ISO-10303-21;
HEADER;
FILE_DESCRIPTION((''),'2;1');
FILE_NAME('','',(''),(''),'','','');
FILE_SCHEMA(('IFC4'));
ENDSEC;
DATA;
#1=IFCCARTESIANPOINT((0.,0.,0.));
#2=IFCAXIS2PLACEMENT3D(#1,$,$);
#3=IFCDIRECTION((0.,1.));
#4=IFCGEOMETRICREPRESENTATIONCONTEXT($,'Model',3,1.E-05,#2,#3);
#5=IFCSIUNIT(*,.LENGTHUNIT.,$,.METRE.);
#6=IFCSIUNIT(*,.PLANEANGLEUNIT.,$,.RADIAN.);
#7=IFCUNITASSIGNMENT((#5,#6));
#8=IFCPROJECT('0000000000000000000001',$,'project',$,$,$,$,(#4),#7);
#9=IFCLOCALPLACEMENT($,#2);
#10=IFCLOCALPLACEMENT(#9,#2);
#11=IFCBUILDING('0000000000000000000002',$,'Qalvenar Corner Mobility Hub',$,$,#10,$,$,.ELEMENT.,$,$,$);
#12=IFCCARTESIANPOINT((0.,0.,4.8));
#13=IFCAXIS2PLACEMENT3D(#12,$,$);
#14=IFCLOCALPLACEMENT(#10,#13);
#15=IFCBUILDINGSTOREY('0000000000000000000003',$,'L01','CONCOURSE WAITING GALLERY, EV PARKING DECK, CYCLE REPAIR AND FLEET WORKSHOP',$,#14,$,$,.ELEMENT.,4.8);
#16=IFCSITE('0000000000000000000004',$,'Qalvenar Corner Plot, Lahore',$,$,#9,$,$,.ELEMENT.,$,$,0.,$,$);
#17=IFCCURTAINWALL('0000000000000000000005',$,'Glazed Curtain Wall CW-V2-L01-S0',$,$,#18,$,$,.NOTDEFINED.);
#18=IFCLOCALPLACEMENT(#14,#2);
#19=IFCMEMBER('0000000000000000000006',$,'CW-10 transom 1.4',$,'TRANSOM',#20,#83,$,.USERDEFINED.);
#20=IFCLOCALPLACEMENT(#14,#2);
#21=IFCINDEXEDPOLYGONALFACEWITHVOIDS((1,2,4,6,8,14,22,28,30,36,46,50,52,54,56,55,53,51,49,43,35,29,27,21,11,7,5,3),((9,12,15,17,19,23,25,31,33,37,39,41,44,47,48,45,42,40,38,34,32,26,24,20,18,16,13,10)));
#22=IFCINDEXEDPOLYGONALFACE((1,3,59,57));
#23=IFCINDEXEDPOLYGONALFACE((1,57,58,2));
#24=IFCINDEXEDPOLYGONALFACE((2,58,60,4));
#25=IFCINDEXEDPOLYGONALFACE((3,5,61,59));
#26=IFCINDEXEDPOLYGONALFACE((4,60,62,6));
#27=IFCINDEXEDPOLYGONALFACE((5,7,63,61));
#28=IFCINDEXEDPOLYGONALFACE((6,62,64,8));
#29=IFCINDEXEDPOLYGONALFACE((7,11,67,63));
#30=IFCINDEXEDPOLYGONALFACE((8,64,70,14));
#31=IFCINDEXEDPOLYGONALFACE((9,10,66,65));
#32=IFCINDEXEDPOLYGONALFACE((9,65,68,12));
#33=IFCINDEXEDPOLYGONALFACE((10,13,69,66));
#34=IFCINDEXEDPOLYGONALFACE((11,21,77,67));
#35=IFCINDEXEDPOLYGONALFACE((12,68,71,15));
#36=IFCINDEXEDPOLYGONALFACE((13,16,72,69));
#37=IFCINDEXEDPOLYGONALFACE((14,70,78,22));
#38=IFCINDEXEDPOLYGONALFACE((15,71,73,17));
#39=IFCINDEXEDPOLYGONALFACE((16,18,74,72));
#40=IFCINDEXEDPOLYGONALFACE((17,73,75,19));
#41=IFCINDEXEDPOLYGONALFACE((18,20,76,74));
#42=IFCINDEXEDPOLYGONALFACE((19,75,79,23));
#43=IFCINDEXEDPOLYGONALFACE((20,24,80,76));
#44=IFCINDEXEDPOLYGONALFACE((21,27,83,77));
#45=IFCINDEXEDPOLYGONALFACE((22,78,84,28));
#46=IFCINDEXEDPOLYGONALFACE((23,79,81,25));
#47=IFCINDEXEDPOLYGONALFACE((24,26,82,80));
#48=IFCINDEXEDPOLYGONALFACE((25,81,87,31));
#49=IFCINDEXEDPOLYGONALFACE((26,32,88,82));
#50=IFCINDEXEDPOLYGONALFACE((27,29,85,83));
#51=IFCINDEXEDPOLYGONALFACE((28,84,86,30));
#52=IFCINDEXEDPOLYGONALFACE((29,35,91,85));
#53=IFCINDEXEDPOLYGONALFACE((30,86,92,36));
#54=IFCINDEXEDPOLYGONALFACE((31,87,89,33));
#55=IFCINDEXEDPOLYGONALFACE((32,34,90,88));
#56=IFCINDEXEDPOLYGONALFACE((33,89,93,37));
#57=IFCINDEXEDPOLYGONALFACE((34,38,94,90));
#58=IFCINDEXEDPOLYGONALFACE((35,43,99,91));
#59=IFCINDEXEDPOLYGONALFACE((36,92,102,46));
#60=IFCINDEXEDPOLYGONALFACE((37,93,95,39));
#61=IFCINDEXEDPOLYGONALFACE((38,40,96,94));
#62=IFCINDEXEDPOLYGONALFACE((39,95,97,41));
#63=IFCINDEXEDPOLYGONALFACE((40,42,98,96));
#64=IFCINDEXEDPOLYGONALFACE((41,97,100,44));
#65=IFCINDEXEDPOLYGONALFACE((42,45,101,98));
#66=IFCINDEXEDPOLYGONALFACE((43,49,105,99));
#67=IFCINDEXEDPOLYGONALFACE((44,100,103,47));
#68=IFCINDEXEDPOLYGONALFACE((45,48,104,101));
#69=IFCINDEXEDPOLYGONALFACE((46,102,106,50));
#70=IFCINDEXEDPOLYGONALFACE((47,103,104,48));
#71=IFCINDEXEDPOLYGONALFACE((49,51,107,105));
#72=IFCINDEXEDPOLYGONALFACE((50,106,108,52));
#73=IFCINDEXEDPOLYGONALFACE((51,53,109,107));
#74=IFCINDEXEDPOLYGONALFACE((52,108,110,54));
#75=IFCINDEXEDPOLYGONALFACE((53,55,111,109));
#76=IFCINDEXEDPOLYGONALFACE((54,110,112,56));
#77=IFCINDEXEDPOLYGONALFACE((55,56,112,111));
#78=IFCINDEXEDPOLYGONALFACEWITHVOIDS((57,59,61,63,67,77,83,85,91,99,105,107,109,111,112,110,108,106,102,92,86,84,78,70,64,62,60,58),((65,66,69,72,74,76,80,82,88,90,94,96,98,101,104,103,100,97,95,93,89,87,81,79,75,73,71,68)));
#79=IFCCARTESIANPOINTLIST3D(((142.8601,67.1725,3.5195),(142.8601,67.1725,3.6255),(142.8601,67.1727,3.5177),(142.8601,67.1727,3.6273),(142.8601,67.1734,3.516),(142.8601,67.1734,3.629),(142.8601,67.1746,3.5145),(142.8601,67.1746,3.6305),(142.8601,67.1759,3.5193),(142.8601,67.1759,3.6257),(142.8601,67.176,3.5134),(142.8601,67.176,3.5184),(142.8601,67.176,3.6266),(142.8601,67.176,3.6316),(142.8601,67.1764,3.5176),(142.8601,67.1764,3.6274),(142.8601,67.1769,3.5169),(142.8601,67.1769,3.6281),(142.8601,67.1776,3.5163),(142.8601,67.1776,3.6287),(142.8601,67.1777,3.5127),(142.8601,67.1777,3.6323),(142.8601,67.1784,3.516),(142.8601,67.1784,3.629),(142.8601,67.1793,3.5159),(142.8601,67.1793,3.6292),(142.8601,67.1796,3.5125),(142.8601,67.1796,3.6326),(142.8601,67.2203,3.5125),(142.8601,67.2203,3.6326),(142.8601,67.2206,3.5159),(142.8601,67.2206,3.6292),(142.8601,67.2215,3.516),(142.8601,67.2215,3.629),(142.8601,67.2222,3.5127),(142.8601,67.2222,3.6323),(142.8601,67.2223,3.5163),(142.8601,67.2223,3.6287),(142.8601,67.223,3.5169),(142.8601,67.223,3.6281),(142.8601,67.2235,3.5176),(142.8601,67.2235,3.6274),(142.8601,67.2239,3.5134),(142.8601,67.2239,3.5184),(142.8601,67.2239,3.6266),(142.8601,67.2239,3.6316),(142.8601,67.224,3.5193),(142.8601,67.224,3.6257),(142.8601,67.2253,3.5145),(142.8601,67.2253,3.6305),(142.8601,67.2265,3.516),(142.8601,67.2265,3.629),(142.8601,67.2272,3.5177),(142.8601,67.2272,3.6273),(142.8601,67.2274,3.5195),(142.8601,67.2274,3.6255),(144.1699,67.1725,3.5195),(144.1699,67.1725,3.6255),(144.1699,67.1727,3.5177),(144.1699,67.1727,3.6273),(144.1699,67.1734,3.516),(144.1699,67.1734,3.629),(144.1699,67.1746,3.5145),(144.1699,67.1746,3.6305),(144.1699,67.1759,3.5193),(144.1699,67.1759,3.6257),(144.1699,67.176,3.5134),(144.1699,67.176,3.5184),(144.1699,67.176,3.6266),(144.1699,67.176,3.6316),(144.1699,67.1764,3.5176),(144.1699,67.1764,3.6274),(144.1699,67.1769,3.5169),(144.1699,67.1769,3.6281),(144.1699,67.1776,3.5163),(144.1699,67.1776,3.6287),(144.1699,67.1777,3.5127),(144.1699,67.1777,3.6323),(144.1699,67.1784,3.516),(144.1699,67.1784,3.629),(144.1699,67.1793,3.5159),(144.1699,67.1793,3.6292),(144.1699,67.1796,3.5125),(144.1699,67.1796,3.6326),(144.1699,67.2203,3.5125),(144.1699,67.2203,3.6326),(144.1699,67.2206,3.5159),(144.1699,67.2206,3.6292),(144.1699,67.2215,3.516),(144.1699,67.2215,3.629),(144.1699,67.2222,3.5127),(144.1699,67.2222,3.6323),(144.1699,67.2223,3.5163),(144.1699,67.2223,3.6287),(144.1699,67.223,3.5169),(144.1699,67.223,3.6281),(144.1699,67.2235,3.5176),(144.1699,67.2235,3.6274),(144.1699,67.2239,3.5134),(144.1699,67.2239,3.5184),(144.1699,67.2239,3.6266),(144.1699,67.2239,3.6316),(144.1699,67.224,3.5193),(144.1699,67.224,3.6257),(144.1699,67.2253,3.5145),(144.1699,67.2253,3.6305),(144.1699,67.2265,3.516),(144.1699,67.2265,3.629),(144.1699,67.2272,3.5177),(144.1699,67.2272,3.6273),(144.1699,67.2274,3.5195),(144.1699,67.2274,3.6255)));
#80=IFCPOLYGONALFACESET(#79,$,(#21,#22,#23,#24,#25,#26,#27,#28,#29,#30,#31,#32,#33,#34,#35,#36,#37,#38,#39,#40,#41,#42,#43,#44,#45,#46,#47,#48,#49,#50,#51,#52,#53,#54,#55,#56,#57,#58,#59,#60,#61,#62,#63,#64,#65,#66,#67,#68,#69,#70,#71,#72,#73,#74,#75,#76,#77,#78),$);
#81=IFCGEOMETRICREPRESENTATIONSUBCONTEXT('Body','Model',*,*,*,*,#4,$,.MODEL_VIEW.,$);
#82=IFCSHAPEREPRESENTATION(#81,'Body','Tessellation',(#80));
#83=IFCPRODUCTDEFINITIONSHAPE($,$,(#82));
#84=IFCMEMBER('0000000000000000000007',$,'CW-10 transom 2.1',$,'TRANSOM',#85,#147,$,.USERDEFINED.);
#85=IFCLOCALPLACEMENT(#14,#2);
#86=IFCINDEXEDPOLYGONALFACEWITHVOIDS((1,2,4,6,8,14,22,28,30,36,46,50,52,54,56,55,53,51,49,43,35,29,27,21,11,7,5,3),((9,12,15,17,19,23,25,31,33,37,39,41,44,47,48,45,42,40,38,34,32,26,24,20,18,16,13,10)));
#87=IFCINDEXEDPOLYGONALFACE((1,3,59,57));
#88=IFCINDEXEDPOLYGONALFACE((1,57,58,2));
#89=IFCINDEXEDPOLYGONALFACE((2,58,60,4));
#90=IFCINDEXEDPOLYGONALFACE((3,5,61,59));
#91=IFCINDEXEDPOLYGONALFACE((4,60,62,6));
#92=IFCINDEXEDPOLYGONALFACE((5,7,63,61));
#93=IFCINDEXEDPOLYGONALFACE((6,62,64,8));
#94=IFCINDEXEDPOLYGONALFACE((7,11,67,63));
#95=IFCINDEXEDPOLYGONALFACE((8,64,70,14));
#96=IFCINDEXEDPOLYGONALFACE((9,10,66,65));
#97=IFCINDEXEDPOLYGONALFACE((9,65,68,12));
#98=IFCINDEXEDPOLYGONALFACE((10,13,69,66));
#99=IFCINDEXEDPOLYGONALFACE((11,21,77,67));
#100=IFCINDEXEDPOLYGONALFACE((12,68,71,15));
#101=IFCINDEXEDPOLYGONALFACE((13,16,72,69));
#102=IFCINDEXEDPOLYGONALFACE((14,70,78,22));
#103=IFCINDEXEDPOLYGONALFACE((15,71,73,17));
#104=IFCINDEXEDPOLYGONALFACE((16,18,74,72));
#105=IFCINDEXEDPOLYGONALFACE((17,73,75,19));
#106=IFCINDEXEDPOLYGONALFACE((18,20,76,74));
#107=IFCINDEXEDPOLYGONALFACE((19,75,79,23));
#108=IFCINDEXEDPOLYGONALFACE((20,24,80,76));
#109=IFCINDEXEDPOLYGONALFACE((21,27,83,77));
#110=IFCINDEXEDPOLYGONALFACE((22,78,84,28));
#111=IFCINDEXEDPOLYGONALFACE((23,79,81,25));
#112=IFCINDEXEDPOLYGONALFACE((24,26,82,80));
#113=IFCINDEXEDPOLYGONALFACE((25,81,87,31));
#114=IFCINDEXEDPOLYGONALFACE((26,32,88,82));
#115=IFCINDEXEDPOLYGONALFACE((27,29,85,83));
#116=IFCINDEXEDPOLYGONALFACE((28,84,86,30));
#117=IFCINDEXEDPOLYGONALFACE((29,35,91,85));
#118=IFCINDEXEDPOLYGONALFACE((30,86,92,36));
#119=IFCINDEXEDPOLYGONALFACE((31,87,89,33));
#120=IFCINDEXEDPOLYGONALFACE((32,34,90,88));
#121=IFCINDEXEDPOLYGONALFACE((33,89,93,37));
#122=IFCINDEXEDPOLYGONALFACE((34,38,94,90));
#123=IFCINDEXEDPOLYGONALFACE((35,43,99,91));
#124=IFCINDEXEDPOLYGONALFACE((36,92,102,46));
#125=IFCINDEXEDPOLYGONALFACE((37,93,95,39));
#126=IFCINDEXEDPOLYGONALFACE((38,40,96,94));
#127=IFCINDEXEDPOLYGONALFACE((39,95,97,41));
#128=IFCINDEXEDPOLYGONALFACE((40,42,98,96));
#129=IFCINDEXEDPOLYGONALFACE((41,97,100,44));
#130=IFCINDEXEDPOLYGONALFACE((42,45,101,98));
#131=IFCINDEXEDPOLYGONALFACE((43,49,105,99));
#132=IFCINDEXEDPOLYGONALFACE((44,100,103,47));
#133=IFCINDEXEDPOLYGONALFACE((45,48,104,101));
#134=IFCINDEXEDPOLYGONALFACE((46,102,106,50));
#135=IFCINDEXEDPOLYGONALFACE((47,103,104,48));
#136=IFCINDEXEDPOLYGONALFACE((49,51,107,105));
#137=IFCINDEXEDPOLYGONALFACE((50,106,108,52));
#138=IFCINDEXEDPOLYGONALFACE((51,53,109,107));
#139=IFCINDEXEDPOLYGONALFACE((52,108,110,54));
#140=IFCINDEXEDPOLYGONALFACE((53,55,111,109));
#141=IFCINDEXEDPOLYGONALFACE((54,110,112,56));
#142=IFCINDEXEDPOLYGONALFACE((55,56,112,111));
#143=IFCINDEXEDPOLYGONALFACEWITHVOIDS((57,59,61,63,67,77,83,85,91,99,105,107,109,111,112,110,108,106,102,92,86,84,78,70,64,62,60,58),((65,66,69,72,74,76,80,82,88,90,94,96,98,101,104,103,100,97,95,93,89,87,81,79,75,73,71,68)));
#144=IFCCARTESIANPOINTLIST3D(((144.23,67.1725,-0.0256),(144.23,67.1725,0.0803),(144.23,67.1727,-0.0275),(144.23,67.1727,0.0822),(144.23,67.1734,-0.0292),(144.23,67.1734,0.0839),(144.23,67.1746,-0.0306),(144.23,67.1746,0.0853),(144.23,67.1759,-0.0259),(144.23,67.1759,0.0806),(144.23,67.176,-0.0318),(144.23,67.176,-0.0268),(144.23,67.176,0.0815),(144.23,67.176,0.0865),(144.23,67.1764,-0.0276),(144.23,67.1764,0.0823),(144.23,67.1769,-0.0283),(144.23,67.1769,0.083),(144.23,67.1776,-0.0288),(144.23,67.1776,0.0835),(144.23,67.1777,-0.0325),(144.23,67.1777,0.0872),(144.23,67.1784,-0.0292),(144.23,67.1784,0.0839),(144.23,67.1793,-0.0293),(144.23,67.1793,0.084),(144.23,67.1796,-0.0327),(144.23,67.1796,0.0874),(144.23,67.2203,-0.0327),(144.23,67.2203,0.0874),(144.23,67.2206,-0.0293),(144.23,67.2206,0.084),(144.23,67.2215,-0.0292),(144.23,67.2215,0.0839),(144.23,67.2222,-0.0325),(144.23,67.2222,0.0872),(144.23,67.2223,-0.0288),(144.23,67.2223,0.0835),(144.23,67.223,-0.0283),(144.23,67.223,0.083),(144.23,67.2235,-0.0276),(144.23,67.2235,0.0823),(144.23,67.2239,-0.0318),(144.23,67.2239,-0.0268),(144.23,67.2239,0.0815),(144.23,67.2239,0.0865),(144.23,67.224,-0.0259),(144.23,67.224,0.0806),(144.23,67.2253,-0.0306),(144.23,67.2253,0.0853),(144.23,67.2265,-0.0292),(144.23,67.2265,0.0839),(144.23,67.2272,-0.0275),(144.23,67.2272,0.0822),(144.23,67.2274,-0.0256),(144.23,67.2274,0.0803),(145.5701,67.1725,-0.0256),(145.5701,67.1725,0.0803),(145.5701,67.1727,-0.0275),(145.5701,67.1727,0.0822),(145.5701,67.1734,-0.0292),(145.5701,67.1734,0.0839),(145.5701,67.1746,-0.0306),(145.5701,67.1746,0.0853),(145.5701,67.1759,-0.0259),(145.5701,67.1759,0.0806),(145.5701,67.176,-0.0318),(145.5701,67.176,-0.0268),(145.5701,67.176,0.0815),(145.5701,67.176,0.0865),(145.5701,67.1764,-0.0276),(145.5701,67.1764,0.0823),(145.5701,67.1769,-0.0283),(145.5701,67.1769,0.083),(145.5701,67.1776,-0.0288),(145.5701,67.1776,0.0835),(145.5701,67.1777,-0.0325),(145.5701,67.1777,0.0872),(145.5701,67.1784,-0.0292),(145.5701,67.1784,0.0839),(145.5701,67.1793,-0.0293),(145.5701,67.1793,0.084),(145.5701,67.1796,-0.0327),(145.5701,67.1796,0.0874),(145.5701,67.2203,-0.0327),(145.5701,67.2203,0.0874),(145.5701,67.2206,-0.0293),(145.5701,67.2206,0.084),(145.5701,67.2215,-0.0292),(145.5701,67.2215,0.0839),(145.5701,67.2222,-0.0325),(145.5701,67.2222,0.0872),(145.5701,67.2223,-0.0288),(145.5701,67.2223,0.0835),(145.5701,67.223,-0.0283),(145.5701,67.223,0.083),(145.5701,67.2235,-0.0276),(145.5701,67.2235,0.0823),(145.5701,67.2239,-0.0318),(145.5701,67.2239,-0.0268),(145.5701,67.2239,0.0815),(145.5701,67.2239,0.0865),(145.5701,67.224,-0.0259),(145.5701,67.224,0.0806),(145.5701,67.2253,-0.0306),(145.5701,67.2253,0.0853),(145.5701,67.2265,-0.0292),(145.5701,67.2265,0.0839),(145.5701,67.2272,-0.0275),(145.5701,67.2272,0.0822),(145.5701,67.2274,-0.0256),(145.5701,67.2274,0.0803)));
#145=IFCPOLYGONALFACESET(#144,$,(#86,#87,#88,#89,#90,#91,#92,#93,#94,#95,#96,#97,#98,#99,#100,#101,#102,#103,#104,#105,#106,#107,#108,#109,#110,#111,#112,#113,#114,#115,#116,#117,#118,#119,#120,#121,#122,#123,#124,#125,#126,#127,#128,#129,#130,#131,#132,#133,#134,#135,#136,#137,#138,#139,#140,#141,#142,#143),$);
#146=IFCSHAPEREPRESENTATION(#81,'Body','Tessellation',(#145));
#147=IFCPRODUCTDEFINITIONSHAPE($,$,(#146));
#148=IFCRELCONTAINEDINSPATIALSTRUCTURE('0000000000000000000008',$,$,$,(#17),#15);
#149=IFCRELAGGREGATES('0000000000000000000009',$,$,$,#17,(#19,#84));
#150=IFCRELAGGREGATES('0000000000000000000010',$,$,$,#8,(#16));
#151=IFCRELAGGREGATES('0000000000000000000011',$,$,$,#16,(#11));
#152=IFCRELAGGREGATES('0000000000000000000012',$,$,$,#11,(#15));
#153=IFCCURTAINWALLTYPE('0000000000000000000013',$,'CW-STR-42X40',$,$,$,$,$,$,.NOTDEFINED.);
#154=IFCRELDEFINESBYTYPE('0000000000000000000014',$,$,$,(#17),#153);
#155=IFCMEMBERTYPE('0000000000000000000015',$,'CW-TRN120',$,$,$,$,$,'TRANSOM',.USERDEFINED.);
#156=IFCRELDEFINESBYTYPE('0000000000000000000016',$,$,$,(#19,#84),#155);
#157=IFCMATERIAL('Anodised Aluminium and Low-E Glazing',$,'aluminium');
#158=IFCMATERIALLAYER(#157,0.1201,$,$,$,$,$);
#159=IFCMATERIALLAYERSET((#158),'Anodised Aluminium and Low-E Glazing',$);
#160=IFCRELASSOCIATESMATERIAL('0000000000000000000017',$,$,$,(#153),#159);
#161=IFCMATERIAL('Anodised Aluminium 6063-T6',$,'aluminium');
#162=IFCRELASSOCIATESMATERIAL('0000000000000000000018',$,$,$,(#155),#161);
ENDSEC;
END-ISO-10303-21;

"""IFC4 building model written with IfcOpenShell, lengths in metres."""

from ifc_helpers import new_model, si_unit, direction, frame, origin, origin_2d, place, context, subcontext, project, spatial, hollow_rectangle, extrude, material, layer, layer_set, material_profile, profile_set, type_object, element, aggregate, save


model = new_model("IFC4")

# Units and contexts
model_context = context("Model", 3, precision=1e-05, world=origin(), true_north=direction((0.0, 1.0)))
body_context = subcontext(model_context, "Body", "Model", "MODEL_VIEW")
ifc_project = project(units=[si_unit("LENGTHUNIT", "METRE"), si_unit("PLANEANGLEUNIT", "RADIAN")], contexts=[model_context])

# Site, building, storey
site_placement = place(None, origin())
site = spatial("IfcSite", under=ifc_project, at=site_placement, Name="Qalvenar Corner Plot, Lahore", CompositionType="ELEMENT", RefElevation=0.0)
building_placement = place(site_placement, origin())
building = spatial("IfcBuilding", under=site, at=building_placement, Name="Qalvenar Corner Mobility Hub", CompositionType="ELEMENT")
storey_placement = place(building_placement, frame((0.0, 0.0, 4.8)))
storey = spatial("IfcBuildingStorey", under=building, at=storey_placement, Name="L01", Description="CONCOURSE WAITING GALLERY, EV PARKING DECK, CYCLE REPAIR AND FLEET WORKSHOP", CompositionType="ELEMENT", Elevation=4.8)

# Curtain wall, members
ifc_material_1 = material(Name="Anodised Aluminium and Low-E Glazing", Category="aluminium")
ifc_layer_1 = layer(ifc_material_1, 0.1201)
ifc_layer_set_1 = layer_set([ifc_layer_1], Name="Anodised Aluminium and Low-E Glazing")
curtain_wall_type = type_object("IfcCurtainWallType", Name="CW-STR-42X40", PredefinedType="NOTDEFINED", material=ifc_layer_set_1)
curtain_wall_placement = place(storey_placement, origin())
curtain_wall = element("IfcCurtainWall", 1, at=curtain_wall_placement, inside=storey, type_object=curtain_wall_type, Name="Glazed Curtain Wall CW-V2-L01-S0", PredefinedType="NOTDEFINED")
ifc_material_2 = material(Name="Anodised Aluminium 6063-T6", Category="aluminium")
ifc_material_profile_1 = material_profile(ifc_material_2, hollow_rectangle(XDim=0.0549, YDim=0.1201, WallThickness=0.0034, InnerFilletRadius=0.0034, OuterFilletRadius=0.0071, at=origin_2d()), Name="RHS120x55x3.5")
ifc_profile_set_1 = profile_set([ifc_material_profile_1], Name="Anodised Aluminium 6063-T6")
member_type_1 = type_object("IfcMemberType", Name="CW-TRN120", ElementType="TRANSOM", PredefinedType="USERDEFINED", material=ifc_profile_set_1)
member_1_placement = place(storey_placement, frame((142.8601, 67.2, 3.5725), z_axis=(1.0, 0.0, 0.0), x_axis=(0.0, 1.0, 0.0)))
member_1 = element("IfcMember", 2, at=member_1_placement, type_object=member_type_1, Name="CW-10 transom 1.4", ObjectType="TRANSOM", PredefinedType="USERDEFINED", context=body_context, shape_type="SweptSolid", body=[
    extrude(hollow_rectangle(XDim=0.0549, YDim=0.1201, WallThickness=0.0034, InnerFilletRadius=0.0034, OuterFilletRadius=0.0071, at=origin_2d()), origin(), (0.0, 0.0, 1.0), 1.3098),
])
member_2_placement = place(storey_placement, frame((144.23, 67.2, 0.0273), z_axis=(1.0, 0.0, 0.0), x_axis=(0.0, 1.0, 0.0)))
member_2 = element("IfcMember", 3, at=member_2_placement, type_object=member_type_1, Name="CW-10 transom 2.1", ObjectType="TRANSOM", PredefinedType="USERDEFINED", context=body_context, shape_type="SweptSolid", body=[
    extrude(hollow_rectangle(XDim=0.0549, YDim=0.1201, WallThickness=0.0034, InnerFilletRadius=0.0034, OuterFilletRadius=0.0071, at=origin_2d()), origin(), (0.0, 0.0, 1.0), 1.3401),
])
aggregate(curtain_wall, [member_1, member_2])

save(model, "model.ifc")
